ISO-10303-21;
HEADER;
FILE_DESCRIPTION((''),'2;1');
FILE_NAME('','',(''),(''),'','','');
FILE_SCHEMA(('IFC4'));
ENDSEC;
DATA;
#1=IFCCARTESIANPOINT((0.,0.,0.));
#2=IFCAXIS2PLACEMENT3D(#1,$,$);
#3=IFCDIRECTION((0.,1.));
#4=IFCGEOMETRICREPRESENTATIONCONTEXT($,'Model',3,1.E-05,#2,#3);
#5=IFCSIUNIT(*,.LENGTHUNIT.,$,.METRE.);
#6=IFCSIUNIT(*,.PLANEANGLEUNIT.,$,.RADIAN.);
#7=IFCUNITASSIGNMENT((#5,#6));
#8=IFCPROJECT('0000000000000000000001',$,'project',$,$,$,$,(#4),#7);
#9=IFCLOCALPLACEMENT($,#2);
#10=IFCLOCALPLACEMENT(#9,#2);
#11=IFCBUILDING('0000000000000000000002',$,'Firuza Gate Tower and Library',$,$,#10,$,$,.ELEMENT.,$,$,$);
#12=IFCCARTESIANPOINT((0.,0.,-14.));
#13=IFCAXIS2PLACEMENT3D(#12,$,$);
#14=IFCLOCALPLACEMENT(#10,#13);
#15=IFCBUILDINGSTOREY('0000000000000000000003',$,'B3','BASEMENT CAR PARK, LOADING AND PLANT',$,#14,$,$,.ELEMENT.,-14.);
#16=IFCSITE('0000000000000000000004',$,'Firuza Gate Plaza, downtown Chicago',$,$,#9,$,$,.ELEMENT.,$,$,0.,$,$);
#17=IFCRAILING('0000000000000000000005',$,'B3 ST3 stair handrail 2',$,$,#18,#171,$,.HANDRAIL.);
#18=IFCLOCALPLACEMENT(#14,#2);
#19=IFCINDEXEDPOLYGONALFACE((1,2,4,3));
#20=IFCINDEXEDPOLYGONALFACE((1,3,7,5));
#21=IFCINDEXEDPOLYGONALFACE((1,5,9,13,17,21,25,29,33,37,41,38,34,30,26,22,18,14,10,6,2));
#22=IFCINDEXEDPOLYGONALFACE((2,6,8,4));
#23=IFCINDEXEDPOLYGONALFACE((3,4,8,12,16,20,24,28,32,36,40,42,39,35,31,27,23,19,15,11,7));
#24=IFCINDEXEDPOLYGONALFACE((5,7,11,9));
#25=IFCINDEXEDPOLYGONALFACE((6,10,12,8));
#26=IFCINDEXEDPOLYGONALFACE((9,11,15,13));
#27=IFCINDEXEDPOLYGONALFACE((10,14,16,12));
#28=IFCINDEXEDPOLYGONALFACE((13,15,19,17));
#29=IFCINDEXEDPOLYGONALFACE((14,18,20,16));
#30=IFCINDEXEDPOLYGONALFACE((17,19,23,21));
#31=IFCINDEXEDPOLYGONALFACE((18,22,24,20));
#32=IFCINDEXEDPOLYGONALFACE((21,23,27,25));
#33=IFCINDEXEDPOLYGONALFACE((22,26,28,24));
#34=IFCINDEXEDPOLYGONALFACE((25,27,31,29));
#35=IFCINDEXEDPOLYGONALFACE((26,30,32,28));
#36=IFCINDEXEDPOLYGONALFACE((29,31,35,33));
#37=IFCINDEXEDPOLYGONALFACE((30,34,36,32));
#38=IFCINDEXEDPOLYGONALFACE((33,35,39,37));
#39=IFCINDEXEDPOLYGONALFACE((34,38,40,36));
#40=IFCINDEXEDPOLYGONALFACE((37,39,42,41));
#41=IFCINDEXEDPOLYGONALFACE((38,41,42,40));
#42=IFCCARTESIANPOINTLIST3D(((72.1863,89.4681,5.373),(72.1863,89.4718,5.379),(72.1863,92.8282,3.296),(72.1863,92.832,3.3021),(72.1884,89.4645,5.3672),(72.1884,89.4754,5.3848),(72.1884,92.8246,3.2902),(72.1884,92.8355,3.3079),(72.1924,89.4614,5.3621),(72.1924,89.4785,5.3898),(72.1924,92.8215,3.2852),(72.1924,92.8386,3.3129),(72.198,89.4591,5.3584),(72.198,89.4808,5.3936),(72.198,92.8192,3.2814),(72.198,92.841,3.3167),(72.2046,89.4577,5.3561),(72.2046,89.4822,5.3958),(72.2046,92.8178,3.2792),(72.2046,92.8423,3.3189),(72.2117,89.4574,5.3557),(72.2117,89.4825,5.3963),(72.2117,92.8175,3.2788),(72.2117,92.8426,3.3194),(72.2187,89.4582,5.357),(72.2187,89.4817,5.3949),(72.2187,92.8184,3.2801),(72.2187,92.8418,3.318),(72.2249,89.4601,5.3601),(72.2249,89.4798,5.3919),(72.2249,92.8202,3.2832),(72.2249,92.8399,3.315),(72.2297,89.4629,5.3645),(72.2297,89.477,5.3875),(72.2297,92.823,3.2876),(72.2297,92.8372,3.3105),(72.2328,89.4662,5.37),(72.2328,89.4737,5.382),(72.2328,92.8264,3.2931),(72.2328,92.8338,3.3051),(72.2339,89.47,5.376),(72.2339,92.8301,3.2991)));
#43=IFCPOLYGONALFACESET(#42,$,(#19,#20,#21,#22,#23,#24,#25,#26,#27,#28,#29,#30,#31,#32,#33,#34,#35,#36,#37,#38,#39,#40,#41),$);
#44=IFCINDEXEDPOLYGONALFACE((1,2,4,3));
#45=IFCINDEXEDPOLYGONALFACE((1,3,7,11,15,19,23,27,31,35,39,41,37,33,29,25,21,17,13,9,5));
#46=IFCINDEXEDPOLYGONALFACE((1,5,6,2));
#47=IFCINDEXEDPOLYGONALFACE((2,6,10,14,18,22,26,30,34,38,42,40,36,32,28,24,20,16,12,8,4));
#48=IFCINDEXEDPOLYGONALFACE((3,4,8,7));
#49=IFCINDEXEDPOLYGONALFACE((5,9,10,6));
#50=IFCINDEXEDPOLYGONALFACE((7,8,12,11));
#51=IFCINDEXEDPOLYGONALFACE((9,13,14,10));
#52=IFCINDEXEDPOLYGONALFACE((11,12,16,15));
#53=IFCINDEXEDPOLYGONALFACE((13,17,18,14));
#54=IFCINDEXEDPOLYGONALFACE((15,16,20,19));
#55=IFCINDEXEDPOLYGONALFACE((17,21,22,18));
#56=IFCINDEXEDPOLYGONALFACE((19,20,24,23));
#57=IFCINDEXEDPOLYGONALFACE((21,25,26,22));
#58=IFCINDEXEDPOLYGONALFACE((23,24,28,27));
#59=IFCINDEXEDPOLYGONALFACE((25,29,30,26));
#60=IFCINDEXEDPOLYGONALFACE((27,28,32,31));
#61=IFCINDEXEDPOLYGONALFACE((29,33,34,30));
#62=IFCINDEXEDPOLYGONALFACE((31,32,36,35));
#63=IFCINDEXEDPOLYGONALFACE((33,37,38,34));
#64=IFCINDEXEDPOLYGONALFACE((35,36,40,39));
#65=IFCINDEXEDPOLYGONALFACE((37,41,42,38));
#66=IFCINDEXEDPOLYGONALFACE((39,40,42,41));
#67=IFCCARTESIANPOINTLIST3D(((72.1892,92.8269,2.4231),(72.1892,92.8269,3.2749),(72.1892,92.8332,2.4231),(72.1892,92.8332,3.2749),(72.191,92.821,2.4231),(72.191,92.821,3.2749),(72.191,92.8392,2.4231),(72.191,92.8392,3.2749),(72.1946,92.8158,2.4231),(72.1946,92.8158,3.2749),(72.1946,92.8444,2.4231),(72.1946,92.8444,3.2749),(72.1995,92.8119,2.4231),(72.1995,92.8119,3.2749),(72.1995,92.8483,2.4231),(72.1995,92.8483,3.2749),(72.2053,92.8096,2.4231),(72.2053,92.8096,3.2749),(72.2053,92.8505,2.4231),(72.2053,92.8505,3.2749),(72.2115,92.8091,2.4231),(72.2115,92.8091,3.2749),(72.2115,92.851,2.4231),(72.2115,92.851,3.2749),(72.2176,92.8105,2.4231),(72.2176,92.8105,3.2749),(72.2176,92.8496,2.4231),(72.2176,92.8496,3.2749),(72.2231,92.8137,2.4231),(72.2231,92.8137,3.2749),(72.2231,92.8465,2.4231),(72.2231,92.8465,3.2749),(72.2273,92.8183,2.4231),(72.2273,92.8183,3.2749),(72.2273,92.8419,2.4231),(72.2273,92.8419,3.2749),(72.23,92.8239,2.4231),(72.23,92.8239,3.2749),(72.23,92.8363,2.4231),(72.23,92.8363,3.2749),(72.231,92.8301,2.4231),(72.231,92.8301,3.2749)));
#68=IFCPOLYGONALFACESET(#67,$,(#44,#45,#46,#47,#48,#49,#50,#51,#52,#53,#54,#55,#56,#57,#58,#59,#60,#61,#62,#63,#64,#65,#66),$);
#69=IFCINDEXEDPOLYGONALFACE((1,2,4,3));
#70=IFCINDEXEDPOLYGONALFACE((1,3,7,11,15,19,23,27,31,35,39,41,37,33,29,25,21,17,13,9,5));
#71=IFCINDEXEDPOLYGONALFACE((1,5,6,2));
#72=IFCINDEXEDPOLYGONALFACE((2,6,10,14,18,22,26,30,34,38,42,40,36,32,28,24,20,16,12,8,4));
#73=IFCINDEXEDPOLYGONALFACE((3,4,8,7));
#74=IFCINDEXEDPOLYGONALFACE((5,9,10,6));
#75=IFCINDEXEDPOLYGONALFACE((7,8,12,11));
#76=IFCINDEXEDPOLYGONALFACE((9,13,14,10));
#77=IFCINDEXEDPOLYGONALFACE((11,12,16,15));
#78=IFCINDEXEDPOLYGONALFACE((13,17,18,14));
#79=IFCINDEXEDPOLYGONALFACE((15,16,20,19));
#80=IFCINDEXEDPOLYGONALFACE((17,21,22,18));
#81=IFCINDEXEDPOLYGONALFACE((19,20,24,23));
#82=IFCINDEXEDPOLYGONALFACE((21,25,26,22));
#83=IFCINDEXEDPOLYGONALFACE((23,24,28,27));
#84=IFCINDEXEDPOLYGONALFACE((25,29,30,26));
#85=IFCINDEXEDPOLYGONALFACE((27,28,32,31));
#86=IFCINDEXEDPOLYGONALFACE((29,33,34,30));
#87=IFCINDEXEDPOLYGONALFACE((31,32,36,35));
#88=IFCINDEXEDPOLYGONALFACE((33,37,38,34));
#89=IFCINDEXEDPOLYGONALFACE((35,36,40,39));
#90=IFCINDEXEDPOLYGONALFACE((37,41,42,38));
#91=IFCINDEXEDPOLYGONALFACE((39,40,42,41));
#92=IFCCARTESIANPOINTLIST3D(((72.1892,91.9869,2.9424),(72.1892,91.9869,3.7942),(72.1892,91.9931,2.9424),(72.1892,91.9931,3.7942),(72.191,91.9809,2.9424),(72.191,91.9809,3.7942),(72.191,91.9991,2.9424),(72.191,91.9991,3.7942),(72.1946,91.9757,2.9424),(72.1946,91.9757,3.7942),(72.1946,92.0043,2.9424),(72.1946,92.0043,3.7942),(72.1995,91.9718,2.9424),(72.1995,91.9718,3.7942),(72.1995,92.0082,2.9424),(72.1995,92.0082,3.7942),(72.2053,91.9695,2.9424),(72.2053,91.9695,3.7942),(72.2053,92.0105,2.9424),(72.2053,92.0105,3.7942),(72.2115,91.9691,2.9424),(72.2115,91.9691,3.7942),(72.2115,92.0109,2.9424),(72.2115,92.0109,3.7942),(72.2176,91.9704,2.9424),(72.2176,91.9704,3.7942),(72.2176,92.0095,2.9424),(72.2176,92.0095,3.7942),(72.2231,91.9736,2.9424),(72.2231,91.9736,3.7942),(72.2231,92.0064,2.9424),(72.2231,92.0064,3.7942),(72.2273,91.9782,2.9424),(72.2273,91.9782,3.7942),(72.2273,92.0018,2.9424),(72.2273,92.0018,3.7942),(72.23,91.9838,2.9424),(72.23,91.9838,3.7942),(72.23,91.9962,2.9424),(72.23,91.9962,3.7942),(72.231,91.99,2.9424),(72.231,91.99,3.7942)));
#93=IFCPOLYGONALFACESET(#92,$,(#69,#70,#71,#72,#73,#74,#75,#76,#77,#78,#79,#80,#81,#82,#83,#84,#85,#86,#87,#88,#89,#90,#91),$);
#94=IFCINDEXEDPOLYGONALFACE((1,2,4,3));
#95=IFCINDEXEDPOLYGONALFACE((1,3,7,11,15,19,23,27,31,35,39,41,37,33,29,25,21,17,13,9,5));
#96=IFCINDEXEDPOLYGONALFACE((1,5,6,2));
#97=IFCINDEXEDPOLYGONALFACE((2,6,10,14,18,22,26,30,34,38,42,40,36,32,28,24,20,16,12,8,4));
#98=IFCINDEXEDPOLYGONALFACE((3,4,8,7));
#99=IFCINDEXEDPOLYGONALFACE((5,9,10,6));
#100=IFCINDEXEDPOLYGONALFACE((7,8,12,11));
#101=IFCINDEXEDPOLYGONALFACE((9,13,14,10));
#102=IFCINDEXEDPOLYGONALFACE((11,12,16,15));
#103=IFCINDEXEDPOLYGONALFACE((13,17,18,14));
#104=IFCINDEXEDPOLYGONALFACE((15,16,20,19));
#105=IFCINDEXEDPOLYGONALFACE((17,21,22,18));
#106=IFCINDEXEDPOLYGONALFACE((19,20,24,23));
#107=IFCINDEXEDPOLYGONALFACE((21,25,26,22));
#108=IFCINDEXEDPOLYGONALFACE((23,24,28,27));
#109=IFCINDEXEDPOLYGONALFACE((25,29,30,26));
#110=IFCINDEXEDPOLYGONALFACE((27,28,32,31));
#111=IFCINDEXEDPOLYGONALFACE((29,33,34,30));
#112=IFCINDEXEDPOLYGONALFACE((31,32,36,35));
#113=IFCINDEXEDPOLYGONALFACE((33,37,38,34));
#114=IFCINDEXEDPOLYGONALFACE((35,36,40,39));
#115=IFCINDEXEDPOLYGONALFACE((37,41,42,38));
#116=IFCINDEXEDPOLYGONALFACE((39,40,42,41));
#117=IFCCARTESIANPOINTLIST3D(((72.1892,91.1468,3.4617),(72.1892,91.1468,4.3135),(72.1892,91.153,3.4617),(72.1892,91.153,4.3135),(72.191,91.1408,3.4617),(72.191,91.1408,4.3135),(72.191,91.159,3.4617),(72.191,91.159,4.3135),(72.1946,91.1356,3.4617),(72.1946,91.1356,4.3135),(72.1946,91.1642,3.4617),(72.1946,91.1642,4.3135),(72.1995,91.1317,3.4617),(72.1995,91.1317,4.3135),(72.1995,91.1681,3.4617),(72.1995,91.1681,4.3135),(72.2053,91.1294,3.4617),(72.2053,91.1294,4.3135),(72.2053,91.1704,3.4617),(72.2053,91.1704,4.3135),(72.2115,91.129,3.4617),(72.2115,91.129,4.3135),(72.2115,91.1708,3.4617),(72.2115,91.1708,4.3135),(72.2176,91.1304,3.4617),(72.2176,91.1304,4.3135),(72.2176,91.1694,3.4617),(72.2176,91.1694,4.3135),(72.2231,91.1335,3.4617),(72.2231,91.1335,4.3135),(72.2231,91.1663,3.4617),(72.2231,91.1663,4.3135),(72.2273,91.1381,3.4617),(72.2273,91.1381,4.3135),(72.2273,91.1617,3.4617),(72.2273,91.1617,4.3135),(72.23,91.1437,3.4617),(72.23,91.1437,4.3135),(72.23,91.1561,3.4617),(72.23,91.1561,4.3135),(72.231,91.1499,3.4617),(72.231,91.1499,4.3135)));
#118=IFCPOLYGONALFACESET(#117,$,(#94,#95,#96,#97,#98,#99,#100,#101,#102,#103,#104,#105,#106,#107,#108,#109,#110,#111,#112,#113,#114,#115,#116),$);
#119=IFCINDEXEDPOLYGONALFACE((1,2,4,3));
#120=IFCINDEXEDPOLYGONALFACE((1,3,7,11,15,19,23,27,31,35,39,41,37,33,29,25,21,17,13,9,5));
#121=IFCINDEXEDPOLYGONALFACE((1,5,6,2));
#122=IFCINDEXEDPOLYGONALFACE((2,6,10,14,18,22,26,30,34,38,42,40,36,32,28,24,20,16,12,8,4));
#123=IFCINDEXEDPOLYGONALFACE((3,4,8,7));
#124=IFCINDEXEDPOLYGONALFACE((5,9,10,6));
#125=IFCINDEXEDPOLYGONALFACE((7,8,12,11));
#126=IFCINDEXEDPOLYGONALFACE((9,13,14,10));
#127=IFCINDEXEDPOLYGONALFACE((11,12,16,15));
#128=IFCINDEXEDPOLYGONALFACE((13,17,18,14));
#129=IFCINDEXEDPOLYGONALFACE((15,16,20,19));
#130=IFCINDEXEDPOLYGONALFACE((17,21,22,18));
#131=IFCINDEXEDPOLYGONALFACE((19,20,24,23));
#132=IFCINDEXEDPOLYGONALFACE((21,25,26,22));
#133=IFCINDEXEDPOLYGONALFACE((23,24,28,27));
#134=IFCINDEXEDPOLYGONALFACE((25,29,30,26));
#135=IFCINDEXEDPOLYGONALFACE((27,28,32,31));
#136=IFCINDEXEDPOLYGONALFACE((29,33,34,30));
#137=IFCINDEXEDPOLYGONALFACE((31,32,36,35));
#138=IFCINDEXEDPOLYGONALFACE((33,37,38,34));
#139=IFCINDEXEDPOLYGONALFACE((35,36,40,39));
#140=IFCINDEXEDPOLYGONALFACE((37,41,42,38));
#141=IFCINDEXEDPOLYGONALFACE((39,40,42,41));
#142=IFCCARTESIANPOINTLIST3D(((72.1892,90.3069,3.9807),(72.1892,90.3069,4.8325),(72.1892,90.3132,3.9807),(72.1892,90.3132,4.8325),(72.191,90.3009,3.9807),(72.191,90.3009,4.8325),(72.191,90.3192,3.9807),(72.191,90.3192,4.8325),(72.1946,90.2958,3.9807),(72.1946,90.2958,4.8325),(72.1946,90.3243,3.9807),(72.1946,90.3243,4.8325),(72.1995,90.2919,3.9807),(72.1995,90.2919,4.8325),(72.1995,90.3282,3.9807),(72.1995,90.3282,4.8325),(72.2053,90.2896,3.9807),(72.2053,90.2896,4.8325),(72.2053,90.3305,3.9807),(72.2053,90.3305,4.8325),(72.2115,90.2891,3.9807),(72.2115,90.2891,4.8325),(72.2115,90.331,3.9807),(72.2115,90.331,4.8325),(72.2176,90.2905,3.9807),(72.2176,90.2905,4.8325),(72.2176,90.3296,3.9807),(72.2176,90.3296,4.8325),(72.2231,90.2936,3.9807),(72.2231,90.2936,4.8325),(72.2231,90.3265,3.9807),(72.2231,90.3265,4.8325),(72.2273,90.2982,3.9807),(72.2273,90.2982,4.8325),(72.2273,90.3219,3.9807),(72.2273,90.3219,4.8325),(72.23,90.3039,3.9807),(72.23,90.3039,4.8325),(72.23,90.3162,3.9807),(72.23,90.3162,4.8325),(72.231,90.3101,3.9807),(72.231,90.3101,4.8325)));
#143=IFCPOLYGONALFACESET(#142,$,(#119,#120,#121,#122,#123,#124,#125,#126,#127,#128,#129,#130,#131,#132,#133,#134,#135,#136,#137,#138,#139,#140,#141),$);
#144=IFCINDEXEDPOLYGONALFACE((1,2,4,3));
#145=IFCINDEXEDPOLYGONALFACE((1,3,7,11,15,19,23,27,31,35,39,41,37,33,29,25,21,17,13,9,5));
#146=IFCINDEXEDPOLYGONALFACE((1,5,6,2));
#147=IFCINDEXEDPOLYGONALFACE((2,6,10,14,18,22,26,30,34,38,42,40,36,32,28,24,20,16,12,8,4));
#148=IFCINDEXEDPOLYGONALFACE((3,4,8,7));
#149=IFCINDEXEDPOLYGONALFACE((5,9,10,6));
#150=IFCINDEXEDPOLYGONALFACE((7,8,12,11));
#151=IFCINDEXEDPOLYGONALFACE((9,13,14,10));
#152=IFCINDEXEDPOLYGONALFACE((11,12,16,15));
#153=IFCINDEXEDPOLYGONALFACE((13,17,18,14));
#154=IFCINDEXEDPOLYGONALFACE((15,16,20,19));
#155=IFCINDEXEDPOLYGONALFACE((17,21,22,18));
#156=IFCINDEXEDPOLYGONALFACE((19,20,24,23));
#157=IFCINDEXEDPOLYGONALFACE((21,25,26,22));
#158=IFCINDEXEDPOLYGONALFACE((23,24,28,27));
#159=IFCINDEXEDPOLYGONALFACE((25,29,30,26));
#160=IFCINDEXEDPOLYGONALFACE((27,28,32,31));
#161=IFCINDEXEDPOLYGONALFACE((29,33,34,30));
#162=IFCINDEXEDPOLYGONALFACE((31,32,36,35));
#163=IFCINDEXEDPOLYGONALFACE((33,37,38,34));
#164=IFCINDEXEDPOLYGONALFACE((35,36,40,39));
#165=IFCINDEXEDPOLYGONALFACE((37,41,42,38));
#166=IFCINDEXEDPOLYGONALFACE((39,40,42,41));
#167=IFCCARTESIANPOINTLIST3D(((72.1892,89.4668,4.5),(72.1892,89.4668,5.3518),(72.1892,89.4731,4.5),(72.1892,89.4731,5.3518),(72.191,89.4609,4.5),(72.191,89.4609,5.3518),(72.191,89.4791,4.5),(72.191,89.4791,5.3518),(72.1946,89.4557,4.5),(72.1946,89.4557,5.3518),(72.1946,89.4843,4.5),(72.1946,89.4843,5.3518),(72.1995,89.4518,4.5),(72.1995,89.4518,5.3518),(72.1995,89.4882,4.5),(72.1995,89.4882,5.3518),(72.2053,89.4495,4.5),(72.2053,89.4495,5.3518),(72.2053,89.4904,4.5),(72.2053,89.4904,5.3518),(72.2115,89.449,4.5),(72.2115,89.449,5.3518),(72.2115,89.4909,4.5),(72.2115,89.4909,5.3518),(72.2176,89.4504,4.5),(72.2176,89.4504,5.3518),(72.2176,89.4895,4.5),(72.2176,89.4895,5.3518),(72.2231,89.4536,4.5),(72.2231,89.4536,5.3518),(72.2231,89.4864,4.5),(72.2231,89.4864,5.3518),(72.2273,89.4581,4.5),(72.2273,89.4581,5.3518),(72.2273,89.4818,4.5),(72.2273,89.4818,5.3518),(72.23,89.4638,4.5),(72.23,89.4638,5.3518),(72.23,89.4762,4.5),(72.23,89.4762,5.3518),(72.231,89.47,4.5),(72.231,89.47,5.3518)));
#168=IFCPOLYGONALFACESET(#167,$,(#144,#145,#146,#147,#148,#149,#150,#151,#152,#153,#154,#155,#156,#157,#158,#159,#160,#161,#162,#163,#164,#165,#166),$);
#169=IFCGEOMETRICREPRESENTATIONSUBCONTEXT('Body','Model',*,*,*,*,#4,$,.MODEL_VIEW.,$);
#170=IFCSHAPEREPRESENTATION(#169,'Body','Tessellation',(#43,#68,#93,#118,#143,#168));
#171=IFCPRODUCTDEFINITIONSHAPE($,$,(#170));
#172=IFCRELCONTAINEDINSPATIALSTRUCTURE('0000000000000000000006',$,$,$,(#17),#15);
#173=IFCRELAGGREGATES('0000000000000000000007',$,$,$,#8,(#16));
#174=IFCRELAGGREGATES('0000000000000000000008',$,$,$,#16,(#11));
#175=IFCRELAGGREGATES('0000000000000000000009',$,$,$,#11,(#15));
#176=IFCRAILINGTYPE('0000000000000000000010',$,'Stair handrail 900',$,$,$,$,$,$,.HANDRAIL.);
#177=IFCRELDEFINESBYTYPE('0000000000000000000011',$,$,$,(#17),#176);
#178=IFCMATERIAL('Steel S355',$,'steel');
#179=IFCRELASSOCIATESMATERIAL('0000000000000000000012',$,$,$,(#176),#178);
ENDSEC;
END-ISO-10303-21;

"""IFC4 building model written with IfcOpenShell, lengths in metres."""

from ifc_helpers import new_model, si_unit, direction, frame, origin, origin_2d, place, context, subcontext, project, spatial, circle, extrude, material, type_object, element, save


model = new_model("IFC4")

# Units and contexts
model_context = context("Model", 3, precision=1e-05, world=origin(), true_north=direction((0.0, 1.0)))
body_context = subcontext(model_context, "Body", "Model", "MODEL_VIEW")
ifc_project = project(units=[si_unit("LENGTHUNIT", "METRE"), si_unit("PLANEANGLEUNIT", "RADIAN")], contexts=[model_context])

# Site, building, storey
site_placement = place(None, origin())
site = spatial("IfcSite", under=ifc_project, at=site_placement, Name="Firuza Gate Plaza, downtown Chicago", CompositionType="ELEMENT", RefElevation=0.0)
building_placement = place(site_placement, origin())
building = spatial("IfcBuilding", under=site, at=building_placement, Name="Firuza Gate Tower and Library", CompositionType="ELEMENT")
storey_placement = place(building_placement, frame((0.0, 0.0, -14.0)))
storey = spatial("IfcBuildingStorey", under=building, at=storey_placement, Name="B3", Description="BASEMENT CAR PARK, LOADING AND PLANT", CompositionType="ELEMENT", Elevation=-14.0)

# Railing
ifc_material_1 = material(Name="Steel S355", Category="steel")
railing_type = type_object("IfcRailingType", Name="Stair handrail 900", PredefinedType="HANDRAIL", material=ifc_material_1)
railing_placement = place(storey_placement, frame((72.21, 92.8301, 2.4231)))
element("IfcRailing", 1, at=railing_placement, inside=storey, type_object=railing_type, Name="B3 ST3 stair handrail 2", PredefinedType="HANDRAIL", context=body_context, shape_type="SweptSolid", body=[
    extrude(circle(Radius=0.0239, at=origin_2d()), frame((0.0, 0.0, 0.876), z_axis=(0.0, -0.850623, 0.525776), x_axis=(1.0, 0.0, 0.0)), (0.0, 0.0, 1.0), 3.9502),
    extrude(circle(Radius=0.021, at=origin_2d()), origin(), (0.0, 0.0, 1.0), 0.8518),
    extrude(circle(Radius=0.021, at=origin_2d()), frame((0.0, -0.8401, 0.5193)), (0.0, 0.0, 1.0), 0.8518),
    extrude(circle(Radius=0.021, at=origin_2d()), frame((0.0, -1.6802, 1.0386)), (0.0, 0.0, 1.0), 0.8518),
    extrude(circle(Radius=0.021, at=origin_2d()), frame((0.0, -2.52, 1.5576)), (0.0, 0.0, 1.0), 0.8518),
    extrude(circle(Radius=0.021, at=origin_2d()), frame((0.0, -3.3601, 2.0769)), (0.0, 0.0, 1.0), 0.8518),
])

save(model, "model.ifc")
